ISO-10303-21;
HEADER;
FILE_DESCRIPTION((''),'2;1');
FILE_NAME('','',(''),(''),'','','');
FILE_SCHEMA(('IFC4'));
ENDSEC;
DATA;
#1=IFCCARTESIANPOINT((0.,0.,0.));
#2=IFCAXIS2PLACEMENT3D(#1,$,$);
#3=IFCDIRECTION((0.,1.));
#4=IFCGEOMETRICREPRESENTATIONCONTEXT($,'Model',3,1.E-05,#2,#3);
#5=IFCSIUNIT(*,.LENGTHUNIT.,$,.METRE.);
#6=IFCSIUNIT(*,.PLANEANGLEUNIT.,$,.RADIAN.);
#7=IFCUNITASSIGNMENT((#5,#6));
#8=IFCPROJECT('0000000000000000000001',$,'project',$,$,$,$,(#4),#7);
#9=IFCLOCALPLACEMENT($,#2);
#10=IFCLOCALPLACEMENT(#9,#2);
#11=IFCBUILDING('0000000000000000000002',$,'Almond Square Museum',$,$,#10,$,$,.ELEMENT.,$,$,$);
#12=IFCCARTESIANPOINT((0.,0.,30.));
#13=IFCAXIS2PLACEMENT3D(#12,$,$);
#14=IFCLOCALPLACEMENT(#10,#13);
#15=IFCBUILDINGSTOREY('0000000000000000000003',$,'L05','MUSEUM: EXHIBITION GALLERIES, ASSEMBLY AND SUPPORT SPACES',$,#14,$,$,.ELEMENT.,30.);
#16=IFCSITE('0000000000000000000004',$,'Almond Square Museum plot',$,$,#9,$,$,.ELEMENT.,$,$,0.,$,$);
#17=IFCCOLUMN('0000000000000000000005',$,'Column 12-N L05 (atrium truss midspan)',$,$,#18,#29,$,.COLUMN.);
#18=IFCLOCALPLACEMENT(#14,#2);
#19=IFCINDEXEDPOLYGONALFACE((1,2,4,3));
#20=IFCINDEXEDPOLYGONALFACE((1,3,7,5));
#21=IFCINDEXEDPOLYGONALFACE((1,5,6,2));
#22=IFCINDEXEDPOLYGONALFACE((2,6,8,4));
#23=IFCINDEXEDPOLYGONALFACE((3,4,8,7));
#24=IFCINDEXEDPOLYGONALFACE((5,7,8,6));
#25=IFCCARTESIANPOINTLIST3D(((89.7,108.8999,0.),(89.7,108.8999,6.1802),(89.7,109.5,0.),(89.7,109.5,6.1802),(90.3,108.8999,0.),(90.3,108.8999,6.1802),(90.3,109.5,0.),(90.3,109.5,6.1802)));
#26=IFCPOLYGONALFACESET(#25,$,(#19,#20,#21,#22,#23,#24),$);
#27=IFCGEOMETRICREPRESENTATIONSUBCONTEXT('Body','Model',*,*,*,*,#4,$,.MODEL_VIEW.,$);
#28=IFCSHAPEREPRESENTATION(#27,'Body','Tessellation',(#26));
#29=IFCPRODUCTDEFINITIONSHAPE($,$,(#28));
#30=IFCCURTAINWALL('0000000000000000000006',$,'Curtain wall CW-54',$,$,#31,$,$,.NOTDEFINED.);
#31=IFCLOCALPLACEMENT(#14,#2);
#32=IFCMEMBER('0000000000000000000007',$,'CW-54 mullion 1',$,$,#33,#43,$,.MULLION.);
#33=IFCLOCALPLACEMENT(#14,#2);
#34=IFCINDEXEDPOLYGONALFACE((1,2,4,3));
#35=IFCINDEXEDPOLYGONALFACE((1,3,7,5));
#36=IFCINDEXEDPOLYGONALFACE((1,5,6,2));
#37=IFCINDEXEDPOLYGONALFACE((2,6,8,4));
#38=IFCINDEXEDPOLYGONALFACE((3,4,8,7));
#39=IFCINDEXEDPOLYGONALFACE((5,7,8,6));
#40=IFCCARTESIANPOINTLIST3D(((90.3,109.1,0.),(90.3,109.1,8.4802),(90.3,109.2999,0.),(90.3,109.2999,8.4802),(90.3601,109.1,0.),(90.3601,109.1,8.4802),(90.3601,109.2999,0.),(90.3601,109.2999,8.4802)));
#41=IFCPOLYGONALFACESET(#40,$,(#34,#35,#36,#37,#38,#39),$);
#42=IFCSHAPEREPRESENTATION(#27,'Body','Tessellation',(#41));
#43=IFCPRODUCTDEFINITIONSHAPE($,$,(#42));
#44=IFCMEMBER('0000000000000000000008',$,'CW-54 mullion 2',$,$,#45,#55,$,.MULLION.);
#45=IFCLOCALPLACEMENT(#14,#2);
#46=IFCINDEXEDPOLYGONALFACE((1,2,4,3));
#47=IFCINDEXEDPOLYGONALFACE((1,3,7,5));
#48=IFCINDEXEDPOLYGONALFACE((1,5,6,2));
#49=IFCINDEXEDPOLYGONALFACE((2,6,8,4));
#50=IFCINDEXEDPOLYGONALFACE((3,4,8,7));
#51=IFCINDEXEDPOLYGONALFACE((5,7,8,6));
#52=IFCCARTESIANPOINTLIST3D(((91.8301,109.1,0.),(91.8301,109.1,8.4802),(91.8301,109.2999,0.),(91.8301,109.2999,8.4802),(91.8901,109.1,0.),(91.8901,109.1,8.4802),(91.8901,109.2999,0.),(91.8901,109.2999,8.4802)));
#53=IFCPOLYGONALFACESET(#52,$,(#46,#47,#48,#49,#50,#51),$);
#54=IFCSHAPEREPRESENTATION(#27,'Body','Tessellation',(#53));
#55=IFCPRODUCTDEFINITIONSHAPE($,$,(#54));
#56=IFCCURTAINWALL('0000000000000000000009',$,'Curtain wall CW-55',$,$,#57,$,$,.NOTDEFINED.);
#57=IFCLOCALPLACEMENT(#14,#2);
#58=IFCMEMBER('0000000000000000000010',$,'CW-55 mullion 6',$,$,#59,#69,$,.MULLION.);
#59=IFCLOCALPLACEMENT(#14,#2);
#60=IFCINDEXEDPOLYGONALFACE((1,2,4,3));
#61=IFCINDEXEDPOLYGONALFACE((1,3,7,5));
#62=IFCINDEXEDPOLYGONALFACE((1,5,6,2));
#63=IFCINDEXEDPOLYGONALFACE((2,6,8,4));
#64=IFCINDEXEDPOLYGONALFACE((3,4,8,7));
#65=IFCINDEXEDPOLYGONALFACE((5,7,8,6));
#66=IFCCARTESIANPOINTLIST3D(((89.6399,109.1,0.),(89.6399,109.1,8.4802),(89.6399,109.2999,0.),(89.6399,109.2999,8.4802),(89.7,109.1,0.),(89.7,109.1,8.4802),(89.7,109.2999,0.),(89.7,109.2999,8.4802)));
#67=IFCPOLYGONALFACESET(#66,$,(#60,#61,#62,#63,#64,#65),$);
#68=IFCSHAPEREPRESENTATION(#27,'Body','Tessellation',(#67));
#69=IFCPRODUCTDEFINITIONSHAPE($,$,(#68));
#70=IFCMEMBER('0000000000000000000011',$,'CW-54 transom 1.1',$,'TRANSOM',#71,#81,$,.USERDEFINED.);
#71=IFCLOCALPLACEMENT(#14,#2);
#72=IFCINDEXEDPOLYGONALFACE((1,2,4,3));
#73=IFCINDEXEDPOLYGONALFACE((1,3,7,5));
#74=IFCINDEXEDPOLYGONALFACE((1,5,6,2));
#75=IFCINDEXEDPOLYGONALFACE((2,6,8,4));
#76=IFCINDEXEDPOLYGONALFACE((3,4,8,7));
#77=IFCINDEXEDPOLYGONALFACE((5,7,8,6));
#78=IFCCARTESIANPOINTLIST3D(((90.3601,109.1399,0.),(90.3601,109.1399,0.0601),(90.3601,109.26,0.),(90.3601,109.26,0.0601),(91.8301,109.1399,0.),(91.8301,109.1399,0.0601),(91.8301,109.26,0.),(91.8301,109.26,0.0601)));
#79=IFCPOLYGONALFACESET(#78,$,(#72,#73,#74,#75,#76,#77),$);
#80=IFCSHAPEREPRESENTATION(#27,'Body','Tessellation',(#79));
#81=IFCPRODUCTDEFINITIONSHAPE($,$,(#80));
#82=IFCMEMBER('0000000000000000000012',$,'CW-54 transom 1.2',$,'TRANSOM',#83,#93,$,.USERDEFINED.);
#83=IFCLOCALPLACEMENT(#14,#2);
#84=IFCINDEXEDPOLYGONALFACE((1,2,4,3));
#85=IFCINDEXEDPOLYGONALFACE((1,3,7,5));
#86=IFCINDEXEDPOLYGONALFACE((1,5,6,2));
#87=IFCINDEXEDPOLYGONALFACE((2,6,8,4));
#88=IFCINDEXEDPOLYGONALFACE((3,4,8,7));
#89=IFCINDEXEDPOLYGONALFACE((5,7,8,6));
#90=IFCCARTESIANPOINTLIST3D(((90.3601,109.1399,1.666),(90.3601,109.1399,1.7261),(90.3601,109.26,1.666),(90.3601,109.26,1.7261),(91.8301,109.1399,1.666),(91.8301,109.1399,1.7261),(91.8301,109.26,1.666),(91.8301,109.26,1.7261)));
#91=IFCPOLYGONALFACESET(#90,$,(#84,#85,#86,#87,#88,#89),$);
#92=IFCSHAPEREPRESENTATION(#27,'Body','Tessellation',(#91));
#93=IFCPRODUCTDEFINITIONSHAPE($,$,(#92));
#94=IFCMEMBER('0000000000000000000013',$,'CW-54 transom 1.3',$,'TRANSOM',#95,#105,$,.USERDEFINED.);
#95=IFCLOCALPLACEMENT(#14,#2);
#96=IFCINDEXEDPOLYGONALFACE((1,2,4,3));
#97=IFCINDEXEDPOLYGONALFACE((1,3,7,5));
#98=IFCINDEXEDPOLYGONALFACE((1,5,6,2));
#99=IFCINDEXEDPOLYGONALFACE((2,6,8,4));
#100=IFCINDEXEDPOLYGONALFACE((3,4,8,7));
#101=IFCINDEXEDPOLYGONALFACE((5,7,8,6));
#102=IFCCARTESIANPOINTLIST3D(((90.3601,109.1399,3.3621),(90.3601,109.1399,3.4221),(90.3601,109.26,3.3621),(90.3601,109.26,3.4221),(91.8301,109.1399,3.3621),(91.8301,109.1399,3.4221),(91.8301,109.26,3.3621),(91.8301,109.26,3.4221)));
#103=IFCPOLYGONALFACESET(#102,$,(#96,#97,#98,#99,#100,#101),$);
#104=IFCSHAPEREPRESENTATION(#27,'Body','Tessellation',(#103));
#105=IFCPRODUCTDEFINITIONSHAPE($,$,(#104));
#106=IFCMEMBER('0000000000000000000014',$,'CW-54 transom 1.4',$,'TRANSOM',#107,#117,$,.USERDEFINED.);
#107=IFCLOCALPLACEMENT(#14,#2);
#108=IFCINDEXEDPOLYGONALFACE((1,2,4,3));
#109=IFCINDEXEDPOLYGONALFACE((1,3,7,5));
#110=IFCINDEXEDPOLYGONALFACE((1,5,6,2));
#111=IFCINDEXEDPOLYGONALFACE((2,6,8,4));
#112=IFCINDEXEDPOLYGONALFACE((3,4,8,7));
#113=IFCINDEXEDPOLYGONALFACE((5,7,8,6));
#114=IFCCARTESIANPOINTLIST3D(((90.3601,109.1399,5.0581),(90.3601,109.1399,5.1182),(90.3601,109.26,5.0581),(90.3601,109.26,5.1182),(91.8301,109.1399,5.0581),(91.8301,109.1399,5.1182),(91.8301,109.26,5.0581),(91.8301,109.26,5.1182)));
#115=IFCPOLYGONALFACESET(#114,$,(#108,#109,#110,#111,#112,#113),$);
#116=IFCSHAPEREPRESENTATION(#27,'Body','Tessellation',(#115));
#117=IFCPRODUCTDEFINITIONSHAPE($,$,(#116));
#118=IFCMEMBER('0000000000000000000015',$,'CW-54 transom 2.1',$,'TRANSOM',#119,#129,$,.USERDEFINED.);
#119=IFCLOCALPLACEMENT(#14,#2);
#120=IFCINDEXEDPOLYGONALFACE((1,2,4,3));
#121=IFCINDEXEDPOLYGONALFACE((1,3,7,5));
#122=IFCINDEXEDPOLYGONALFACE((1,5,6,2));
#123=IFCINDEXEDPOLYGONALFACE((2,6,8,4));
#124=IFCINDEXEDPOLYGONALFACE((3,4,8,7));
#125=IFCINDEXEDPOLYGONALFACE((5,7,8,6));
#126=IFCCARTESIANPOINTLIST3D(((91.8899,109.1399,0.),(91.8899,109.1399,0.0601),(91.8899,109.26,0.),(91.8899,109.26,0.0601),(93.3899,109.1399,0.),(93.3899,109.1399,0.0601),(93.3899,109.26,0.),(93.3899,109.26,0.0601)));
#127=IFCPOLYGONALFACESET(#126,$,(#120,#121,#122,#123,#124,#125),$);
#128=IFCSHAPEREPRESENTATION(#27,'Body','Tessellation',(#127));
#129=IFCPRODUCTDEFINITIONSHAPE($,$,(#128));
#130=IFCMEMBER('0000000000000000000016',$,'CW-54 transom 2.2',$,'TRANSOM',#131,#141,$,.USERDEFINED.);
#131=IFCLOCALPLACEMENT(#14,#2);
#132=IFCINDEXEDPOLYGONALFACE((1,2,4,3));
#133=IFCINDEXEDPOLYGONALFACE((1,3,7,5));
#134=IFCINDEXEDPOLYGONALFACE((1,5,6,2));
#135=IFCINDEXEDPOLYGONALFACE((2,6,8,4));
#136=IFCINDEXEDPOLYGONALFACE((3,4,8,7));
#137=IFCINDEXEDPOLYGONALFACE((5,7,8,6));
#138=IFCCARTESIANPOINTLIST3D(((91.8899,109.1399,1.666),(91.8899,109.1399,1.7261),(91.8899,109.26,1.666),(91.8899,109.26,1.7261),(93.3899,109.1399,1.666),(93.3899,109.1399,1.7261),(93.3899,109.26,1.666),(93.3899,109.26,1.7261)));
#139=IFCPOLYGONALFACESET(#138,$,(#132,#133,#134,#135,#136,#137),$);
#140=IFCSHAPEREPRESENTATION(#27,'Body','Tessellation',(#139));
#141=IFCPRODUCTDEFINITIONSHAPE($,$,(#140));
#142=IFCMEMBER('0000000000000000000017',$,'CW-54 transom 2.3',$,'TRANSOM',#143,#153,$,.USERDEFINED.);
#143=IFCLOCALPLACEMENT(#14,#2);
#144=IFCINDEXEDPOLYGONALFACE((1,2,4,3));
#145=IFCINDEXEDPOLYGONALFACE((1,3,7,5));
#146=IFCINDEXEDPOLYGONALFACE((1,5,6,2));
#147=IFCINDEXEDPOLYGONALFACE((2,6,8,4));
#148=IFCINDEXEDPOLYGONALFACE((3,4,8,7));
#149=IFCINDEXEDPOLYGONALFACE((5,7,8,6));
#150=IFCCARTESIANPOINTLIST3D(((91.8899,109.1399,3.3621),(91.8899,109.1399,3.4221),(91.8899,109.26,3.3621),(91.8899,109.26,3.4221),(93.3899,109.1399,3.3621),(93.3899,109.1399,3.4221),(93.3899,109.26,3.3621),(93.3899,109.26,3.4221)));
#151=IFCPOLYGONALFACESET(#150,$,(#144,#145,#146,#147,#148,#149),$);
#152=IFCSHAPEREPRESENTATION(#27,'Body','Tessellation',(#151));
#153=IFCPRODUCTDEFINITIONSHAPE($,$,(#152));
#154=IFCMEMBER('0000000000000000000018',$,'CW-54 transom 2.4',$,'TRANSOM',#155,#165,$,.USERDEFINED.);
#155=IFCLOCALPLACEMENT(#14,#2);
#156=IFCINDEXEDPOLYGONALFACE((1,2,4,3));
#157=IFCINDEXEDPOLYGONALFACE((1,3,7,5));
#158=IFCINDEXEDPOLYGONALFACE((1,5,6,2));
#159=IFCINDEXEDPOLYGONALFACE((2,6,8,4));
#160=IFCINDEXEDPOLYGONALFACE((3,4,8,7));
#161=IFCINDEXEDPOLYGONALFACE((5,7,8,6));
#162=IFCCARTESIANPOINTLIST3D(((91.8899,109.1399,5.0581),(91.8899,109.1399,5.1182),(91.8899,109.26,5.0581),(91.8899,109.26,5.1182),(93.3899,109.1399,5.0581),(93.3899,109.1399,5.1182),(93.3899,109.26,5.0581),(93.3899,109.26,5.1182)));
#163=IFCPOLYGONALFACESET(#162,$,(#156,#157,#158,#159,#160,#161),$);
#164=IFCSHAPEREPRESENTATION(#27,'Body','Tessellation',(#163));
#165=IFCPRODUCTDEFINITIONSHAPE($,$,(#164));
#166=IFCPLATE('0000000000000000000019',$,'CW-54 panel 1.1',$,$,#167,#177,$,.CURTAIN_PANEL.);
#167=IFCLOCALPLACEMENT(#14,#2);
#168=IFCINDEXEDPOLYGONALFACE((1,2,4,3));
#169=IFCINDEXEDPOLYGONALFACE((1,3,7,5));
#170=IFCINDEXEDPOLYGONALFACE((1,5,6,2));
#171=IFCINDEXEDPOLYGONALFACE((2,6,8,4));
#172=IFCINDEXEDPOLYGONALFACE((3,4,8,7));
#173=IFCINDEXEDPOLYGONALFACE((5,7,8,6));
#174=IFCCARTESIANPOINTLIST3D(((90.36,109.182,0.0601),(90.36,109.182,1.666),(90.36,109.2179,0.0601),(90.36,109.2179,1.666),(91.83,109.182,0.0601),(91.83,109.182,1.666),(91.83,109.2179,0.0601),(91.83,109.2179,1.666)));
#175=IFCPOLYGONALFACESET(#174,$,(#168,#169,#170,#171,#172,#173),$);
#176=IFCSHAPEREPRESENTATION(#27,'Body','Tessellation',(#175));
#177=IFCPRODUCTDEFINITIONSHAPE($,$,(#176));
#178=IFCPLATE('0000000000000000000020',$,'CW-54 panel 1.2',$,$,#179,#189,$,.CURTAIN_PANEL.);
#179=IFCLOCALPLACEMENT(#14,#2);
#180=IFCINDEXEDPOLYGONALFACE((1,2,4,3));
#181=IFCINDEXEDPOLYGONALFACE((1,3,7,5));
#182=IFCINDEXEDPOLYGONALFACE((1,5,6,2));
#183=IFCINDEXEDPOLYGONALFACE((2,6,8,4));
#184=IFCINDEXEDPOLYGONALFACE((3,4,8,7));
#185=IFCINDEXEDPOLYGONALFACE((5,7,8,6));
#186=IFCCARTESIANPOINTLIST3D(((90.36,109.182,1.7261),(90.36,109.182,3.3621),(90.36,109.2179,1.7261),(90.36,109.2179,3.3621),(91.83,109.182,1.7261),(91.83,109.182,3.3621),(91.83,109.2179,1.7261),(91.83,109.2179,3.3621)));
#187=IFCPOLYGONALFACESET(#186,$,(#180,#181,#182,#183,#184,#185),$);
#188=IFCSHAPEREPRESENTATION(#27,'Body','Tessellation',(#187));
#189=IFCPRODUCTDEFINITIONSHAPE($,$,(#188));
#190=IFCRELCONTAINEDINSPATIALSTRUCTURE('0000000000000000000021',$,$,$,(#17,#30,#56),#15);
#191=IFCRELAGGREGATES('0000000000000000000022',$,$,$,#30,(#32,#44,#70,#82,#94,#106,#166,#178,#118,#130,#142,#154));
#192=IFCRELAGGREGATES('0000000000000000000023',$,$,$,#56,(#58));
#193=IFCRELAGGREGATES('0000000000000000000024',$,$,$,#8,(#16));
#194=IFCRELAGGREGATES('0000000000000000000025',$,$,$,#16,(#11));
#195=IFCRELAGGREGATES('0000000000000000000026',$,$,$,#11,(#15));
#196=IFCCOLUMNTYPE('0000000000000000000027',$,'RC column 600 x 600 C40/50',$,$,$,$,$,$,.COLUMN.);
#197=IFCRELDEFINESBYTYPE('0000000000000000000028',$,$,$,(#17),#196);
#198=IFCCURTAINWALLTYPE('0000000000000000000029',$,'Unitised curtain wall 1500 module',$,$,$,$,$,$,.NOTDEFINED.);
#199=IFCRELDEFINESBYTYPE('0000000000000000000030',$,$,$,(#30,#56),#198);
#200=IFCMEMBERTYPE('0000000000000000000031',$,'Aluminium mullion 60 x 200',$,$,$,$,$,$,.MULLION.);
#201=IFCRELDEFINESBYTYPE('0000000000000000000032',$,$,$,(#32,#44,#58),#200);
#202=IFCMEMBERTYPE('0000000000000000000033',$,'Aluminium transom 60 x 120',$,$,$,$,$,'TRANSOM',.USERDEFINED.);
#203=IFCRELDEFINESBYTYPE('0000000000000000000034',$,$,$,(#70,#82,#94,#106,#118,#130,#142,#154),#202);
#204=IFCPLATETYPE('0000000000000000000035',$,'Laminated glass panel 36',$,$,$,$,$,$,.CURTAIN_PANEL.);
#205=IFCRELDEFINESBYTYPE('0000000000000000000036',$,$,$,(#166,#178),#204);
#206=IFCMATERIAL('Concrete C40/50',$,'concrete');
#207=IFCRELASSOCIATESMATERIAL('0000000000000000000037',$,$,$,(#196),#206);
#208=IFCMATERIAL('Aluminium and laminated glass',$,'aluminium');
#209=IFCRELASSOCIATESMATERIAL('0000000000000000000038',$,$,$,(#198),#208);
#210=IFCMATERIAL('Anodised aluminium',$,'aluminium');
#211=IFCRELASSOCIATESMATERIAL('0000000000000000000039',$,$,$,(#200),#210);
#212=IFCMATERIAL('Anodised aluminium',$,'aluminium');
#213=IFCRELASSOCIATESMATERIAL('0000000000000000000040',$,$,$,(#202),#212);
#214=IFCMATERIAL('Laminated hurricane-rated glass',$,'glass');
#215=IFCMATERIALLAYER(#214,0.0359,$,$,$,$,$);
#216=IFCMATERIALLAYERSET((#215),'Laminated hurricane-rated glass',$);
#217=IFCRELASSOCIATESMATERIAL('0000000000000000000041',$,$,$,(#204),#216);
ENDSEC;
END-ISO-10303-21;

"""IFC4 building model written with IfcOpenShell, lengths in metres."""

from ifc_helpers import new_model, si_unit, direction, frame, origin, origin_2d, place, context, subcontext, project, spatial, rectangle, extrude, material, layer, layer_set, material_profile, profile_set, type_object, element, aggregate, save


model = new_model("IFC4")

# Units and contexts
model_context = context("Model", 3, precision=1e-05, world=origin(), true_north=direction((0.0, 1.0)))
body_context = subcontext(model_context, "Body", "Model", "MODEL_VIEW")
ifc_project = project(units=[si_unit("LENGTHUNIT", "METRE"), si_unit("PLANEANGLEUNIT", "RADIAN")], contexts=[model_context])

# Site, building, storey
site_placement = place(None, origin())
site = spatial("IfcSite", under=ifc_project, at=site_placement, Name="Almond Square Museum plot", CompositionType="ELEMENT", RefElevation=0.0)
building_placement = place(site_placement, origin())
building = spatial("IfcBuilding", under=site, at=building_placement, Name="Almond Square Museum", CompositionType="ELEMENT")
storey_placement = place(building_placement, frame((0.0, 0.0, 30.0)))
storey = spatial("IfcBuildingStorey", under=building, at=storey_placement, Name="L05", Description="MUSEUM: EXHIBITION GALLERIES, ASSEMBLY AND SUPPORT SPACES", CompositionType="ELEMENT", Elevation=30.0)

# Column
ifc_material_1 = material(Name="Concrete C40/50", Category="concrete")
ifc_material_profile_1 = material_profile(ifc_material_1, rectangle(XDim=0.6001, YDim=0.6001, at=origin_2d()))
ifc_profile_set_1 = profile_set([ifc_material_profile_1], Name="Concrete C40/50")
column_type = type_object("IfcColumnType", Name="RC column 600 x 600 C40/50", PredefinedType="COLUMN", material=ifc_profile_set_1)
column_placement = place(storey_placement, frame((90.0, 109.2, 0.0), z_axis=(0.0, 0.0, 1.0), x_axis=(1.0, 0.0, 0.0)))
element("IfcColumn", 1, at=column_placement, inside=storey, type_object=column_type, Name="Column 12-N L05 (atrium truss midspan)", PredefinedType="COLUMN", context=body_context, shape_type="SweptSolid", body=[
    extrude(rectangle(XDim=0.6001, YDim=0.6001, at=origin_2d()), origin(), (0.0, 0.0, 1.0), 6.1802),
])

# Curtain wall, members
ifc_material_2 = material(Name="Aluminium and laminated glass", Category="aluminium")
curtain_wall_type = type_object("IfcCurtainWallType", Name="Unitised curtain wall 1500 module", PredefinedType="NOTDEFINED", material=ifc_material_2)
curtain_wall_1_placement = place(storey_placement, origin())
curtain_wall_1 = element("IfcCurtainWall", 2, at=curtain_wall_1_placement, inside=storey, type_object=curtain_wall_type, Name="Curtain wall CW-54", PredefinedType="NOTDEFINED")
ifc_material_3 = material(Name="Anodised aluminium", Category="aluminium")
ifc_material_profile_2 = material_profile(ifc_material_3, rectangle(XDim=0.2, YDim=0.0601, at=origin_2d()))
ifc_profile_set_2 = profile_set([ifc_material_profile_2], Name="Anodised aluminium")
member_type_1 = type_object("IfcMemberType", Name="Aluminium mullion 60 x 200", PredefinedType="MULLION", material=ifc_profile_set_2)
member_1_placement = place(storey_placement, frame((90.3301, 109.2, 0.0), z_axis=(0.0, 0.0, 1.0), x_axis=(0.0, 1.0, 0.0)))
member_1 = element("IfcMember", 3, at=member_1_placement, type_object=member_type_1, Name="CW-54 mullion 1", PredefinedType="MULLION", context=body_context, shape_type="SweptSolid", body=[
    extrude(rectangle(XDim=0.2, YDim=0.0601, at=origin_2d()), origin(), (0.0, 0.0, 1.0), 8.4802),
])
member_2_placement = place(storey_placement, frame((91.8601, 109.2, 0.0), z_axis=(0.0, 0.0, 1.0), x_axis=(0.0, 1.0, 0.0)))
member_2 = element("IfcMember", 4, at=member_2_placement, type_object=member_type_1, Name="CW-54 mullion 2", PredefinedType="MULLION", context=body_context, shape_type="SweptSolid", body=[
    extrude(rectangle(XDim=0.2, YDim=0.0601, at=origin_2d()), origin(), (0.0, 0.0, 1.0), 8.4802),
])

# Curtain wall, member
curtain_wall_2_placement = place(storey_placement, origin())
curtain_wall_2 = element("IfcCurtainWall", 5, at=curtain_wall_2_placement, inside=storey, type_object=curtain_wall_type, Name="Curtain wall CW-55", PredefinedType="NOTDEFINED")
member_3_placement = place(storey_placement, frame((89.6699, 109.2, 0.0), z_axis=(0.0, 0.0, 1.0), x_axis=(0.0, 1.0, 0.0)))
member_3 = element("IfcMember", 6, at=member_3_placement, type_object=member_type_1, Name="CW-55 mullion 6", PredefinedType="MULLION", context=body_context, shape_type="SweptSolid", body=[
    extrude(rectangle(XDim=0.2, YDim=0.0601, at=origin_2d()), origin(), (0.0, 0.0, 1.0), 8.4802),
])

# Members
ifc_material_4 = material(Name="Anodised aluminium", Category="aluminium")
ifc_material_profile_3 = material_profile(ifc_material_4, rectangle(XDim=0.1201, YDim=0.0601, at=origin_2d()))
ifc_profile_set_3 = profile_set([ifc_material_profile_3], Name="Anodised aluminium")
member_type_2 = type_object("IfcMemberType", Name="Aluminium transom 60 x 120", ElementType="TRANSOM", PredefinedType="USERDEFINED", material=ifc_profile_set_3)
member_4_placement = place(storey_placement, frame((90.3601, 109.2, 0.03), z_axis=(1.0, 0.0, 0.0), x_axis=(0.0, 1.0, 0.0)))
member_4 = element("IfcMember", 7, at=member_4_placement, type_object=member_type_2, Name="CW-54 transom 1.1", ObjectType="TRANSOM", PredefinedType="USERDEFINED", context=body_context, shape_type="SweptSolid", body=[
    extrude(rectangle(XDim=0.1201, YDim=0.0601, at=origin_2d()), origin(), (0.0, 0.0, 1.0), 1.47),
])
member_5_placement = place(storey_placement, frame((90.3601, 109.2, 1.696), z_axis=(1.0, 0.0, 0.0), x_axis=(0.0, 1.0, 0.0)))
member_5 = element("IfcMember", 8, at=member_5_placement, type_object=member_type_2, Name="CW-54 transom 1.2", ObjectType="TRANSOM", PredefinedType="USERDEFINED", context=body_context, shape_type="SweptSolid", body=[
    extrude(rectangle(XDim=0.1201, YDim=0.0601, at=origin_2d()), origin(), (0.0, 0.0, 1.0), 1.47),
])
member_6_placement = place(storey_placement, frame((90.3601, 109.2, 3.3921), z_axis=(1.0, 0.0, 0.0), x_axis=(0.0, 1.0, 0.0)))
member_6 = element("IfcMember", 9, at=member_6_placement, type_object=member_type_2, Name="CW-54 transom 1.3", ObjectType="TRANSOM", PredefinedType="USERDEFINED", context=body_context, shape_type="SweptSolid", body=[
    extrude(rectangle(XDim=0.1201, YDim=0.0601, at=origin_2d()), origin(), (0.0, 0.0, 1.0), 1.47),
])
member_7_placement = place(storey_placement, frame((90.3601, 109.2, 5.0881), z_axis=(1.0, 0.0, 0.0), x_axis=(0.0, 1.0, 0.0)))
member_7 = element("IfcMember", 10, at=member_7_placement, type_object=member_type_2, Name="CW-54 transom 1.4", ObjectType="TRANSOM", PredefinedType="USERDEFINED", context=body_context, shape_type="SweptSolid", body=[
    extrude(rectangle(XDim=0.1201, YDim=0.0601, at=origin_2d()), origin(), (0.0, 0.0, 1.0), 1.47),
])
member_8_placement = place(storey_placement, frame((91.8899, 109.2, 0.03), z_axis=(1.0, 0.0, 0.0), x_axis=(0.0, 1.0, 0.0)))
member_8 = element("IfcMember", 11, at=member_8_placement, type_object=member_type_2, Name="CW-54 transom 2.1", ObjectType="TRANSOM", PredefinedType="USERDEFINED", context=body_context, shape_type="SweptSolid", body=[
    extrude(rectangle(XDim=0.1201, YDim=0.0601, at=origin_2d()), origin(), (0.0, 0.0, 1.0), 1.5),
])
member_9_placement = place(storey_placement, frame((91.8899, 109.2, 1.696), z_axis=(1.0, 0.0, 0.0), x_axis=(0.0, 1.0, 0.0)))
member_9 = element("IfcMember", 12, at=member_9_placement, type_object=member_type_2, Name="CW-54 transom 2.2", ObjectType="TRANSOM", PredefinedType="USERDEFINED", context=body_context, shape_type="SweptSolid", body=[
    extrude(rectangle(XDim=0.1201, YDim=0.0601, at=origin_2d()), origin(), (0.0, 0.0, 1.0), 1.5),
])
member_10_placement = place(storey_placement, frame((91.8899, 109.2, 3.3921), z_axis=(1.0, 0.0, 0.0), x_axis=(0.0, 1.0, 0.0)))
member_10 = element("IfcMember", 13, at=member_10_placement, type_object=member_type_2, Name="CW-54 transom 2.3", ObjectType="TRANSOM", PredefinedType="USERDEFINED", context=body_context, shape_type="SweptSolid", body=[
    extrude(rectangle(XDim=0.1201, YDim=0.0601, at=origin_2d()), origin(), (0.0, 0.0, 1.0), 1.5),
])
member_11_placement = place(storey_placement, frame((91.8899, 109.2, 5.0881), z_axis=(1.0, 0.0, 0.0), x_axis=(0.0, 1.0, 0.0)))
member_11 = element("IfcMember", 14, at=member_11_placement, type_object=member_type_2, Name="CW-54 transom 2.4", ObjectType="TRANSOM", PredefinedType="USERDEFINED", context=body_context, shape_type="SweptSolid", body=[
    extrude(rectangle(XDim=0.1201, YDim=0.0601, at=origin_2d()), origin(), (0.0, 0.0, 1.0), 1.5),
])

# Plates
ifc_material_5 = material(Name="Laminated hurricane-rated glass", Category="glass")
ifc_layer = layer(ifc_material_5, 0.0359)
ifc_layer_set = layer_set([ifc_layer], Name="Laminated hurricane-rated glass")
plate_type = type_object("IfcPlateType", Name="Laminated glass panel 36", PredefinedType="CURTAIN_PANEL", material=ifc_layer_set)
plate_1_placement = place(storey_placement, frame((91.095, 109.2, 0.0601), z_axis=(0.0, 0.0, 1.0), x_axis=(1.0, 0.0, 0.0)))
plate_1 = element("IfcPlate", 15, at=plate_1_placement, type_object=plate_type, Name="CW-54 panel 1.1", PredefinedType="CURTAIN_PANEL", context=body_context, shape_type="SweptSolid", body=[
    extrude(rectangle(XDim=1.47, YDim=0.0359, at=origin_2d()), origin(), (0.0, 0.0, 1.0), 1.606),
])
plate_2_placement = place(storey_placement, frame((91.095, 109.2, 1.7261), z_axis=(0.0, 0.0, 1.0), x_axis=(1.0, 0.0, 0.0)))
plate_2 = element("IfcPlate", 16, at=plate_2_placement, type_object=plate_type, Name="CW-54 panel 1.2", PredefinedType="CURTAIN_PANEL", context=body_context, shape_type="SweptSolid", body=[
    extrude(rectangle(XDim=1.47, YDim=0.0359, at=origin_2d()), origin(), (0.0, 0.0, 1.0), 1.636),
])
aggregate(curtain_wall_1, [member_1, member_2, member_4, member_5, member_6, member_7, plate_1, plate_2, member_8, member_9, member_10, member_11])
aggregate(curtain_wall_2, [member_3])

save(model, "model.ifc")
